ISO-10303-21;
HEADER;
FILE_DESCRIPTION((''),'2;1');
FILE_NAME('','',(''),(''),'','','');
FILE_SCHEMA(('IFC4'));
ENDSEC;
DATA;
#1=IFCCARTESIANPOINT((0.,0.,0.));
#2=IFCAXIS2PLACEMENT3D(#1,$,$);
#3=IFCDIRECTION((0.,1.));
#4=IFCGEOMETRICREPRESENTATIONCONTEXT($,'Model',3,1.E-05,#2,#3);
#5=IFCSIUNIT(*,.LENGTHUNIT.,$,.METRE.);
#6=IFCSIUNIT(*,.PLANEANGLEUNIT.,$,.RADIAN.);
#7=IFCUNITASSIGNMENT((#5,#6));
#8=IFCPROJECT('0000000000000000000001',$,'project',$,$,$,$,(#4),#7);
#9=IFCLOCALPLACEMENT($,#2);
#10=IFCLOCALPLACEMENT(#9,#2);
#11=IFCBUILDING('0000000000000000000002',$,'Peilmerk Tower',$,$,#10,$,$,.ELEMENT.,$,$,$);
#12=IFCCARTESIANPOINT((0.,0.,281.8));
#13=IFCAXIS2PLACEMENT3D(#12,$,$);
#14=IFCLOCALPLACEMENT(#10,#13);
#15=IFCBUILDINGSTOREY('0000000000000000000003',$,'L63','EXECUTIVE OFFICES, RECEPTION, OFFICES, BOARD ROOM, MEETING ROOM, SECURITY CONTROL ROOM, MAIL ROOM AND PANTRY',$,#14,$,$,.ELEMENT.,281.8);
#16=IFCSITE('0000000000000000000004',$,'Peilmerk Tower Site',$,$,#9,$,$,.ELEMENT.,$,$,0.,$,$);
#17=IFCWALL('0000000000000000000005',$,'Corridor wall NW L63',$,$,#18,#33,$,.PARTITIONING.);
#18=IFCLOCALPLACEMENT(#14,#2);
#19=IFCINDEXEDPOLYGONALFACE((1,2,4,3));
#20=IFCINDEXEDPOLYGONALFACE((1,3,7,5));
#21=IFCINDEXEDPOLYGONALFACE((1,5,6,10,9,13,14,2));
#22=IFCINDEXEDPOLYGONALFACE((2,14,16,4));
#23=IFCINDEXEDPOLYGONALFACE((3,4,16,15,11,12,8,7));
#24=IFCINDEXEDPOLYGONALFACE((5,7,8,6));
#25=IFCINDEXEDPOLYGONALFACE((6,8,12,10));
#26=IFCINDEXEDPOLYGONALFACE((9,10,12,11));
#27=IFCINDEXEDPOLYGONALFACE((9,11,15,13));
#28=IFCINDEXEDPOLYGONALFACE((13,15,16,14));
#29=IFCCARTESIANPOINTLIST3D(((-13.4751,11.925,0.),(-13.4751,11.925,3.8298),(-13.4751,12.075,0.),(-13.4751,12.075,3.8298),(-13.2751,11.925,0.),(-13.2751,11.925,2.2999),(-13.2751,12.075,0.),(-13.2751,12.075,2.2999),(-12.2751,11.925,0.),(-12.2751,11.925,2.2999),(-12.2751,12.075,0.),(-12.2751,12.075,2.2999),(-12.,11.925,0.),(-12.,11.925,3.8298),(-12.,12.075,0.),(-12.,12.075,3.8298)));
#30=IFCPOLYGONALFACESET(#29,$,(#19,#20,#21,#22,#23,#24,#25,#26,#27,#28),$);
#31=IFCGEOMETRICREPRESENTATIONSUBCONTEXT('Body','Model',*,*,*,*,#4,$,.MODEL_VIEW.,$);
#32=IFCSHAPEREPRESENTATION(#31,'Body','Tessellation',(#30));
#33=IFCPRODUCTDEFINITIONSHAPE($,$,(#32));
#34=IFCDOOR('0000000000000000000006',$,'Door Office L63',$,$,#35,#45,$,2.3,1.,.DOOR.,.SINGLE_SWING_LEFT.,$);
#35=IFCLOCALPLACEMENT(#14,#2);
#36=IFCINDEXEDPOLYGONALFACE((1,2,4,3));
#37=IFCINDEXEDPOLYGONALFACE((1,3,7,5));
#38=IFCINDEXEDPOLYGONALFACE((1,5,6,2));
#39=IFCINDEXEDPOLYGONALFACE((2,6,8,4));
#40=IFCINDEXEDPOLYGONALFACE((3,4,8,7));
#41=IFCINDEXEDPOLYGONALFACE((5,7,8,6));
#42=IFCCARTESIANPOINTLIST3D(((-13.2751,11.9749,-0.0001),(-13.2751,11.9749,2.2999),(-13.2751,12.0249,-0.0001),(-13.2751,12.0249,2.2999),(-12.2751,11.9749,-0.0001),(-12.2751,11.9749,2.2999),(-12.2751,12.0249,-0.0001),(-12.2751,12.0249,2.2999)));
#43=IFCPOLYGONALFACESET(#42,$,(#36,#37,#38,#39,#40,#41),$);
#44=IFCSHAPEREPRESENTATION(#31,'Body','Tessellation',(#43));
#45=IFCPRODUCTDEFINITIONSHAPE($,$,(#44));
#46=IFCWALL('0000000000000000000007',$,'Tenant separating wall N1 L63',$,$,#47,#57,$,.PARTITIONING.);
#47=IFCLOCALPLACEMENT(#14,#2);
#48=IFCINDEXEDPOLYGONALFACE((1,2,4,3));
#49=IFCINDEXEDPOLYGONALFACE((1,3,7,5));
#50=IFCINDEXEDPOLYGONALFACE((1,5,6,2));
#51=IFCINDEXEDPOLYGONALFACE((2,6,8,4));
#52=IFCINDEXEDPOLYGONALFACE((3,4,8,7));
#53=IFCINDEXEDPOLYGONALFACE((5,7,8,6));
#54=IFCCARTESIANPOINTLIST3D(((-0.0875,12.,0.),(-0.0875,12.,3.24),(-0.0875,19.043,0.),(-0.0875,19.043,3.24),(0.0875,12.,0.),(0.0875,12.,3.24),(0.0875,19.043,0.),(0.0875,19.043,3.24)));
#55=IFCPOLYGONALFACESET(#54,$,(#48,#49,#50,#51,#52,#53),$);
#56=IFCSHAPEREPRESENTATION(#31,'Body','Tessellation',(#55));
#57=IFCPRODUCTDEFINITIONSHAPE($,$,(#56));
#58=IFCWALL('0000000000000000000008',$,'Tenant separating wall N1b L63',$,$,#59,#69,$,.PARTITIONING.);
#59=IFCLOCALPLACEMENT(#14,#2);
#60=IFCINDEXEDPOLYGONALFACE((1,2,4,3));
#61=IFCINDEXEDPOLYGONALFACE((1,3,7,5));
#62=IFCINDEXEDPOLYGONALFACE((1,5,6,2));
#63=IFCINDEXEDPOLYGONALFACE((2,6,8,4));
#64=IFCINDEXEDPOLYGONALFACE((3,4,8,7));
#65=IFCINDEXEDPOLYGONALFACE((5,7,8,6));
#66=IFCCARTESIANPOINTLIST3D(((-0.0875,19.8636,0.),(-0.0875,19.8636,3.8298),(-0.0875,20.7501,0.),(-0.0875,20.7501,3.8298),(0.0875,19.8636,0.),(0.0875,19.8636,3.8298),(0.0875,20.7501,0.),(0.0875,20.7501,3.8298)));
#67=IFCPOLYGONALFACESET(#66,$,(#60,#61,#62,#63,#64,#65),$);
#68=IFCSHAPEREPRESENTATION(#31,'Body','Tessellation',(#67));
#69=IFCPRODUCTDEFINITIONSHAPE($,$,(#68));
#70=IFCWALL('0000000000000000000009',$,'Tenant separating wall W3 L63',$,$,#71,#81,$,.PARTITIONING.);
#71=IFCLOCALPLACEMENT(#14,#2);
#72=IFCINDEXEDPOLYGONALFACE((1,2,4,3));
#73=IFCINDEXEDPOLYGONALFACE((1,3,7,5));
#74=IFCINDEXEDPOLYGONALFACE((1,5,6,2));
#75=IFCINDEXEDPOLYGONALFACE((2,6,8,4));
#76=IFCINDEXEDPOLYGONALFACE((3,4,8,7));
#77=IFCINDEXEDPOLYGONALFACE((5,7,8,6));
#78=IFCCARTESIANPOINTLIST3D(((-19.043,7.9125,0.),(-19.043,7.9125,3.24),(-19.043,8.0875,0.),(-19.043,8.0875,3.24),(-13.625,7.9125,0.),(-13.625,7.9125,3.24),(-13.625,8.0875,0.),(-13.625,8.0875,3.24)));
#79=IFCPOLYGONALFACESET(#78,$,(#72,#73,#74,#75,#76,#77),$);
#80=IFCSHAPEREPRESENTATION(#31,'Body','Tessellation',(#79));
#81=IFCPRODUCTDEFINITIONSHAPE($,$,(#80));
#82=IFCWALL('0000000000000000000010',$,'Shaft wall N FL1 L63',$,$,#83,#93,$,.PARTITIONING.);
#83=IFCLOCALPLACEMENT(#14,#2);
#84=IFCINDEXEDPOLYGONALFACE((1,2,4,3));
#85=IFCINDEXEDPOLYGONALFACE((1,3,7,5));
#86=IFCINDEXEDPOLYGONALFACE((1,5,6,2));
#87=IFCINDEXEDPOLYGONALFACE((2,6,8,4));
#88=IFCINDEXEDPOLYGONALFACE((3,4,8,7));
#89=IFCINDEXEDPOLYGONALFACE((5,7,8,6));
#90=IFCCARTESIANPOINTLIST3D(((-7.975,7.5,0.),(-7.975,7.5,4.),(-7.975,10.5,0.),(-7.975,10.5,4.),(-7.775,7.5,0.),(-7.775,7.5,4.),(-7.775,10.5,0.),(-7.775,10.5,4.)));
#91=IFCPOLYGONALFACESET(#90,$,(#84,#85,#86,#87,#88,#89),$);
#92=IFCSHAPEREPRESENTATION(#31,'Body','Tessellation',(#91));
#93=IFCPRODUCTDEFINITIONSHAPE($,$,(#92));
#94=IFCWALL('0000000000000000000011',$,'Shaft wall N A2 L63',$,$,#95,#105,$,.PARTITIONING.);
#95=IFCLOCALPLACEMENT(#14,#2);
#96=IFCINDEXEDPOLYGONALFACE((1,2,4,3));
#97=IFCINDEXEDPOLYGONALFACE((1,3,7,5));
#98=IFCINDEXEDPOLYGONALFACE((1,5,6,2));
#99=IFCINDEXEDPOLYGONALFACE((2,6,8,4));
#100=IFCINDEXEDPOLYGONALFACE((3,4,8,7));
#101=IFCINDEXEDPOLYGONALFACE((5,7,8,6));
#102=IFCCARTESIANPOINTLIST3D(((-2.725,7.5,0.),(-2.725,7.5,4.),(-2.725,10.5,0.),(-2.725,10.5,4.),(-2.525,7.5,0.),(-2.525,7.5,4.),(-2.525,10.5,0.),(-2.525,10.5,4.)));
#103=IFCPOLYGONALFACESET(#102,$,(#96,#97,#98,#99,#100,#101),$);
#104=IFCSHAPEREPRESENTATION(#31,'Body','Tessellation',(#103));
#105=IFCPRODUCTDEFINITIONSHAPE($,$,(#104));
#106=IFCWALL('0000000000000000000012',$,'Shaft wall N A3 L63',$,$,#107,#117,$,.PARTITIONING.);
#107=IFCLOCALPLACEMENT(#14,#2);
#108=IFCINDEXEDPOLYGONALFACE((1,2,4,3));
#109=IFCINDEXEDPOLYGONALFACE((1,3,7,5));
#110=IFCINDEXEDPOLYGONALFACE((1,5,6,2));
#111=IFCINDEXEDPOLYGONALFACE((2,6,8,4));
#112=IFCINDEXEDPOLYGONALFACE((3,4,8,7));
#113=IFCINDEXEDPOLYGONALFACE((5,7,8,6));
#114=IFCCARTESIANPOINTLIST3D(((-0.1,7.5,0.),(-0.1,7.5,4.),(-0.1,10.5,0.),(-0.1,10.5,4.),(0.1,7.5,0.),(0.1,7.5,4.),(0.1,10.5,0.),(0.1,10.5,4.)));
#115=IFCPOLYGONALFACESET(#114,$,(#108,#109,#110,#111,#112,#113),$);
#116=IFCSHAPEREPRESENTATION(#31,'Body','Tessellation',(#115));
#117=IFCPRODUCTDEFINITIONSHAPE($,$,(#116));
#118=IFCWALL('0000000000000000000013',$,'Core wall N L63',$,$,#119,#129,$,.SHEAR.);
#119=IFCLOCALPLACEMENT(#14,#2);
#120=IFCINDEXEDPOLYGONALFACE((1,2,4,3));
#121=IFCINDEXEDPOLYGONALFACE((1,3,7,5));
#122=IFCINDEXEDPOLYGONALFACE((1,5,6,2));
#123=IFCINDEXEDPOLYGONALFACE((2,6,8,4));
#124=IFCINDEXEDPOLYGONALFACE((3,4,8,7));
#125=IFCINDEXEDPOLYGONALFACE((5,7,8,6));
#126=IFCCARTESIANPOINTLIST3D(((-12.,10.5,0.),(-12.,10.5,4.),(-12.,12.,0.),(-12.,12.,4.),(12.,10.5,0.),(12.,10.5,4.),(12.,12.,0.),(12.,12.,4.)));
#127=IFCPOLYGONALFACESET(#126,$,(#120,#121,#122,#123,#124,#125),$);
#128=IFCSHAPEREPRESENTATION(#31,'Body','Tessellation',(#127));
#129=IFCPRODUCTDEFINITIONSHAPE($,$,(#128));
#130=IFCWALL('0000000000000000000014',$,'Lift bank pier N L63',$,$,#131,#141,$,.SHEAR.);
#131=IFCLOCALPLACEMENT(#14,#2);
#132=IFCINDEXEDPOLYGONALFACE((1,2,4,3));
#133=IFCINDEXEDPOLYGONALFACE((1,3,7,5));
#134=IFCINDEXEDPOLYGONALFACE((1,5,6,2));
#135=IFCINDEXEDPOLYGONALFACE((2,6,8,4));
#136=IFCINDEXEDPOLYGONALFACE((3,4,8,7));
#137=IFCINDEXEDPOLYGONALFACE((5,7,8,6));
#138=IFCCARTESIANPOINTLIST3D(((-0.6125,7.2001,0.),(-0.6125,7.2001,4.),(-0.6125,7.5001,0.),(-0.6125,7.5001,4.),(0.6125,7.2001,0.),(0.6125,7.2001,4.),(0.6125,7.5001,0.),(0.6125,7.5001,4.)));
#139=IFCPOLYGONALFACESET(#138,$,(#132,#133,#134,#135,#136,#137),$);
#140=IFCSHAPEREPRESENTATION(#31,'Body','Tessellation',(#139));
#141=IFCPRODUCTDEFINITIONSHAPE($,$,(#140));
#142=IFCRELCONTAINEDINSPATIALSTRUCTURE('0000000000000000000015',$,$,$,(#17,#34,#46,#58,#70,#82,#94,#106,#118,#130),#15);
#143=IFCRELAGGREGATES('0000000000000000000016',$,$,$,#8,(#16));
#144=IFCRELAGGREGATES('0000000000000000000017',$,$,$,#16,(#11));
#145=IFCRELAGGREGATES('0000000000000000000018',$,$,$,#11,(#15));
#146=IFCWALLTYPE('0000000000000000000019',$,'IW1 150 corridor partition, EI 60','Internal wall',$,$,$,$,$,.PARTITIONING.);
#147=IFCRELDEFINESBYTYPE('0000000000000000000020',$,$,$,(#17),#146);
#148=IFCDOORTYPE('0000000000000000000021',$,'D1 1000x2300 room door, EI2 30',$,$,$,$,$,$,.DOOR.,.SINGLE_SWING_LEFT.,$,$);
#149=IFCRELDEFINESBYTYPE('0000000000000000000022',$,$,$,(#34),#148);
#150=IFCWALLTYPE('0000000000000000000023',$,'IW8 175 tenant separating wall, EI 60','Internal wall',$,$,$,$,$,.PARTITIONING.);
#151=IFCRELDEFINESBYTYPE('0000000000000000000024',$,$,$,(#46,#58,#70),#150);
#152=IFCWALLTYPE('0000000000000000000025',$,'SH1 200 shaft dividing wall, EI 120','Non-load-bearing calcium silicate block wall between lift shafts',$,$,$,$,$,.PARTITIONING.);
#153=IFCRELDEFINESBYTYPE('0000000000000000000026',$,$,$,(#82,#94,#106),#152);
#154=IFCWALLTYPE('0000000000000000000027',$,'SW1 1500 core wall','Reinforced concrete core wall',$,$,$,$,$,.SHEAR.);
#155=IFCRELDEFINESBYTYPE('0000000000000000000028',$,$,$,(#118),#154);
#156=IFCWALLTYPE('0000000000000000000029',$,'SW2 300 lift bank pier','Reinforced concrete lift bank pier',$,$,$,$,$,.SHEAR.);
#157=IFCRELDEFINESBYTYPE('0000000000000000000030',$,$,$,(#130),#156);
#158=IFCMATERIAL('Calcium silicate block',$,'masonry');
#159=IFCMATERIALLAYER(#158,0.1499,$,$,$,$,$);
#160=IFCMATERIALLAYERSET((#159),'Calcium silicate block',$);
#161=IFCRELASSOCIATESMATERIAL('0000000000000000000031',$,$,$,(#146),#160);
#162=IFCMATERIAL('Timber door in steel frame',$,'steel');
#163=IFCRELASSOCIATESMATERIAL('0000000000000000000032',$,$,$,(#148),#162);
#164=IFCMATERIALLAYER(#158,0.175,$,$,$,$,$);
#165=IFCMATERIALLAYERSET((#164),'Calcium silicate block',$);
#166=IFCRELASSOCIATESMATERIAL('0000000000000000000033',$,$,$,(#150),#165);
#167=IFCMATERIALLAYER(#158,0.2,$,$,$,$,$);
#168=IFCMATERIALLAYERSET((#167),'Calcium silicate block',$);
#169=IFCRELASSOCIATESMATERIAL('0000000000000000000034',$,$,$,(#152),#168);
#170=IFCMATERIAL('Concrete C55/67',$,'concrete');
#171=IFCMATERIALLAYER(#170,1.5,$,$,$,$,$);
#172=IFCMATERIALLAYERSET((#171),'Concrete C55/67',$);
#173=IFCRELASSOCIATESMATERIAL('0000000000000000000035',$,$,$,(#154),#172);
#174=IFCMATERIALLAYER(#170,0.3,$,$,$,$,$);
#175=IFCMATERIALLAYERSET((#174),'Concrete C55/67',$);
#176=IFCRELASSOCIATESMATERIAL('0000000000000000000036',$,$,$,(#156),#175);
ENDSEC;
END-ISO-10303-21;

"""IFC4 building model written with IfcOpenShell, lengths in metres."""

from ifc_helpers import new_model, si_unit, direction, frame, frame_2d, origin, place, context, subcontext, project, spatial, rectangle, extrude, material, layer, layer_set, type_object, element, fill, save


model = new_model("IFC4")

# Units and contexts
model_context = context("Model", 3, precision=1e-05, world=origin(), true_north=direction((0.0, 1.0)))
body_context = subcontext(model_context, "Body", "Model", "MODEL_VIEW")
ifc_project = project(units=[si_unit("LENGTHUNIT", "METRE"), si_unit("PLANEANGLEUNIT", "RADIAN")], contexts=[model_context])

# Site, building, storey
site_placement = place(None, origin())
site = spatial("IfcSite", under=ifc_project, at=site_placement, Name="Peilmerk Tower Site", CompositionType="ELEMENT", RefElevation=0.0)
building_placement = place(site_placement, origin())
building = spatial("IfcBuilding", under=site, at=building_placement, Name="Peilmerk Tower", CompositionType="ELEMENT")
storey_placement = place(building_placement, frame((0.0, 0.0, 281.8)))
storey = spatial("IfcBuildingStorey", under=building, at=storey_placement, Name="L63", Description="EXECUTIVE OFFICES, RECEPTION, OFFICES, BOARD ROOM, MEETING ROOM, SECURITY CONTROL ROOM, MAIL ROOM AND PANTRY", CompositionType="ELEMENT", Elevation=281.8)

# Shared definitions
ifc_material_1 = material(Name="Calcium silicate block", Category="masonry")
ifc_layer_1 = layer(ifc_material_1, 0.1499)
ifc_layer_set_1 = layer_set([ifc_layer_1], Name="Calcium silicate block")
wall_type_1 = type_object("IfcWallType", Name="IW1 150 corridor partition, EI 60", Description="Internal wall", PredefinedType="PARTITIONING", material=ifc_layer_set_1)
ifc_material_2 = material(Name="Timber door in steel frame", Category="steel")
door_type_1 = type_object("IfcDoorType", Name="D1 1000x2300 room door, EI2 30", OperationType="SINGLE_SWING_LEFT", PredefinedType="DOOR", material=ifc_material_2)

# Wall, opening, door
wall_1_placement = place(storey_placement, frame((-13.4751, 12.0, 0.0), z_axis=(0.0, 0.0, 1.0), x_axis=(1.0, 0.0, 0.0)))
wall_1 = element("IfcWall", 1, at=wall_1_placement, inside=storey, type_object=wall_type_1, Name="Corridor wall NW L63", PredefinedType="PARTITIONING", context=body_context, shape_type="SweptSolid", body=[
    extrude(rectangle(XDim=1.4751, YDim=0.1499, at=frame_2d((0.7375, 0.0))), origin(), (0.0, 0.0, 1.0), 3.8298),
])
opening_1_placement = place(wall_1_placement, frame((0.2, 0.0, 0.0)))
opening_1 = element("IfcOpeningElement", 2, at=opening_1_placement, cuts=wall_1, PredefinedType="OPENING", context=body_context, shape_type="SweptSolid", body=[
    extrude(rectangle(XDim=1.0, YDim=2.3, at=frame_2d((0.5, 1.1499))), frame((0.0, 0.085, 0.0), z_axis=(0.0, -1.0, 0.0), x_axis=(1.0, 0.0, 0.0)), (0.0, 0.0, 1.0), 0.1699),
])
door_1_placement = place(opening_1_placement, origin())
door_1 = element("IfcDoor", 3, at=door_1_placement, inside=storey, type_object=door_type_1, Name="Door Office L63", OperationType="SINGLE_SWING_LEFT", OverallHeight=2.3, OverallWidth=1.0, PredefinedType="DOOR", context=body_context, shape_type="SweptSolid", body=[
    extrude(rectangle(XDim=1.0, YDim=2.3, at=frame_2d((0.5, 1.1499))), frame((0.0, 0.0249, 0.0), z_axis=(0.0, -1.0, 0.0), x_axis=(1.0, 0.0, 0.0)), (0.0, 0.0, 1.0), 0.05),
])
fill(opening_1, door_1)

# Walls
ifc_layer_2 = layer(ifc_material_1, 0.175)
ifc_layer_set_2 = layer_set([ifc_layer_2], Name="Calcium silicate block")
wall_type_2 = type_object("IfcWallType", Name="IW8 175 tenant separating wall, EI 60", Description="Internal wall", PredefinedType="PARTITIONING", material=ifc_layer_set_2)
wall_2_placement = place(storey_placement, frame((0.0, 12.0, 0.0), z_axis=(0.0, 0.0, 1.0), x_axis=(0.0, 1.0, 0.0)))
element("IfcWall", 4, at=wall_2_placement, inside=storey, type_object=wall_type_2, Name="Tenant separating wall N1 L63", PredefinedType="PARTITIONING", context=body_context, shape_type="SweptSolid", body=[
    extrude(rectangle(XDim=7.043, YDim=0.175, at=frame_2d((3.5215, 0.0))), origin(), (0.0, 0.0, 1.0), 3.24),
])
wall_3_placement = place(storey_placement, frame((0.0, 19.8635, 0.0), z_axis=(0.0, 0.0, 1.0), x_axis=(0.0, 1.0, 0.0)))
element("IfcWall", 5, at=wall_3_placement, inside=storey, type_object=wall_type_2, Name="Tenant separating wall N1b L63", PredefinedType="PARTITIONING", context=body_context, shape_type="SweptSolid", body=[
    extrude(rectangle(XDim=0.8865, YDim=0.175, at=frame_2d((0.4434, 0.0))), origin(), (0.0, 0.0, 1.0), 3.8298),
])
wall_4_placement = place(storey_placement, frame((-13.625, 8.0, 0.0), z_axis=(0.0, 0.0, 1.0), x_axis=(-1.0, 0.0, 0.0)))
element("IfcWall", 6, at=wall_4_placement, inside=storey, type_object=wall_type_2, Name="Tenant separating wall W3 L63", PredefinedType="PARTITIONING", context=body_context, shape_type="SweptSolid", body=[
    extrude(rectangle(XDim=5.418, YDim=0.175, at=frame_2d((2.709, 0.0))), origin(), (0.0, 0.0, 1.0), 3.24),
])
ifc_layer_3 = layer(ifc_material_1, 0.2)
ifc_layer_set_3 = layer_set([ifc_layer_3], Name="Calcium silicate block")
wall_type_3 = type_object("IfcWallType", Name="SH1 200 shaft dividing wall, EI 120", Description="Non-load-bearing calcium silicate block wall between lift shafts", PredefinedType="PARTITIONING", material=ifc_layer_set_3)
for number, where, z_axis, x_axis, name in (
    (7, (-7.875, 7.5, 0.0), (0.0, 0.0, 1.0), (0.0, 1.0, 0.0), "Shaft wall N FL1 L63"),
    (8, (-2.625, 7.5, 0.0), (0.0, 0.0, 1.0), (0.0, 1.0, 0.0), "Shaft wall N A2 L63"),
    (9, (0.0, 7.5, 0.0), (0.0, 0.0, 1.0), (0.0, 1.0, 0.0), "Shaft wall N A3 L63"),
):
    element("IfcWall", number, at=place(storey_placement, frame(where, z_axis=z_axis, x_axis=x_axis)), inside=storey, type_object=wall_type_3, Name=name, PredefinedType="PARTITIONING", context=body_context, shape_type="SweptSolid", body=[
        extrude(rectangle(XDim=3.0, YDim=0.2, at=frame_2d((1.5, 0.0))), origin(), (0.0, 0.0, 1.0), 4.0),
    ])
ifc_material_3 = material(Name="Concrete C55/67", Category="concrete")
ifc_layer_4 = layer(ifc_material_3, 1.5)
ifc_layer_set_4 = layer_set([ifc_layer_4], Name="Concrete C55/67")
wall_type_4 = type_object("IfcWallType", Name="SW1 1500 core wall", Description="Reinforced concrete core wall", PredefinedType="SHEAR", material=ifc_layer_set_4)
wall_5_placement = place(storey_placement, frame((-12.0, 11.25, 0.0), z_axis=(0.0, 0.0, 1.0), x_axis=(1.0, 0.0, 0.0)))
element("IfcWall", 10, at=wall_5_placement, inside=storey, type_object=wall_type_4, Name="Core wall N L63", PredefinedType="SHEAR", context=body_context, shape_type="SweptSolid", body=[
    extrude(rectangle(XDim=24.0, YDim=1.5, at=frame_2d((12.0, 0.0))), origin(), (0.0, 0.0, 1.0), 4.0),
])
ifc_layer_5 = layer(ifc_material_3, 0.3)
ifc_layer_set_5 = layer_set([ifc_layer_5], Name="Concrete C55/67")
wall_type_5 = type_object("IfcWallType", Name="SW2 300 lift bank pier", Description="Reinforced concrete lift bank pier", PredefinedType="SHEAR", material=ifc_layer_set_5)
wall_6_placement = place(storey_placement, frame((-0.6125, 7.3501, 0.0), z_axis=(0.0, 0.0, 1.0), x_axis=(1.0, 0.0, 0.0)))
element("IfcWall", 11, at=wall_6_placement, inside=storey, type_object=wall_type_5, Name="Lift bank pier N L63", PredefinedType="SHEAR", context=body_context, shape_type="SweptSolid", body=[
    extrude(rectangle(XDim=1.2251, YDim=0.3, at=frame_2d((0.6125, 0.0))), origin(), (0.0, 0.0, 1.0), 4.0),
])

save(model, "model.ifc")
